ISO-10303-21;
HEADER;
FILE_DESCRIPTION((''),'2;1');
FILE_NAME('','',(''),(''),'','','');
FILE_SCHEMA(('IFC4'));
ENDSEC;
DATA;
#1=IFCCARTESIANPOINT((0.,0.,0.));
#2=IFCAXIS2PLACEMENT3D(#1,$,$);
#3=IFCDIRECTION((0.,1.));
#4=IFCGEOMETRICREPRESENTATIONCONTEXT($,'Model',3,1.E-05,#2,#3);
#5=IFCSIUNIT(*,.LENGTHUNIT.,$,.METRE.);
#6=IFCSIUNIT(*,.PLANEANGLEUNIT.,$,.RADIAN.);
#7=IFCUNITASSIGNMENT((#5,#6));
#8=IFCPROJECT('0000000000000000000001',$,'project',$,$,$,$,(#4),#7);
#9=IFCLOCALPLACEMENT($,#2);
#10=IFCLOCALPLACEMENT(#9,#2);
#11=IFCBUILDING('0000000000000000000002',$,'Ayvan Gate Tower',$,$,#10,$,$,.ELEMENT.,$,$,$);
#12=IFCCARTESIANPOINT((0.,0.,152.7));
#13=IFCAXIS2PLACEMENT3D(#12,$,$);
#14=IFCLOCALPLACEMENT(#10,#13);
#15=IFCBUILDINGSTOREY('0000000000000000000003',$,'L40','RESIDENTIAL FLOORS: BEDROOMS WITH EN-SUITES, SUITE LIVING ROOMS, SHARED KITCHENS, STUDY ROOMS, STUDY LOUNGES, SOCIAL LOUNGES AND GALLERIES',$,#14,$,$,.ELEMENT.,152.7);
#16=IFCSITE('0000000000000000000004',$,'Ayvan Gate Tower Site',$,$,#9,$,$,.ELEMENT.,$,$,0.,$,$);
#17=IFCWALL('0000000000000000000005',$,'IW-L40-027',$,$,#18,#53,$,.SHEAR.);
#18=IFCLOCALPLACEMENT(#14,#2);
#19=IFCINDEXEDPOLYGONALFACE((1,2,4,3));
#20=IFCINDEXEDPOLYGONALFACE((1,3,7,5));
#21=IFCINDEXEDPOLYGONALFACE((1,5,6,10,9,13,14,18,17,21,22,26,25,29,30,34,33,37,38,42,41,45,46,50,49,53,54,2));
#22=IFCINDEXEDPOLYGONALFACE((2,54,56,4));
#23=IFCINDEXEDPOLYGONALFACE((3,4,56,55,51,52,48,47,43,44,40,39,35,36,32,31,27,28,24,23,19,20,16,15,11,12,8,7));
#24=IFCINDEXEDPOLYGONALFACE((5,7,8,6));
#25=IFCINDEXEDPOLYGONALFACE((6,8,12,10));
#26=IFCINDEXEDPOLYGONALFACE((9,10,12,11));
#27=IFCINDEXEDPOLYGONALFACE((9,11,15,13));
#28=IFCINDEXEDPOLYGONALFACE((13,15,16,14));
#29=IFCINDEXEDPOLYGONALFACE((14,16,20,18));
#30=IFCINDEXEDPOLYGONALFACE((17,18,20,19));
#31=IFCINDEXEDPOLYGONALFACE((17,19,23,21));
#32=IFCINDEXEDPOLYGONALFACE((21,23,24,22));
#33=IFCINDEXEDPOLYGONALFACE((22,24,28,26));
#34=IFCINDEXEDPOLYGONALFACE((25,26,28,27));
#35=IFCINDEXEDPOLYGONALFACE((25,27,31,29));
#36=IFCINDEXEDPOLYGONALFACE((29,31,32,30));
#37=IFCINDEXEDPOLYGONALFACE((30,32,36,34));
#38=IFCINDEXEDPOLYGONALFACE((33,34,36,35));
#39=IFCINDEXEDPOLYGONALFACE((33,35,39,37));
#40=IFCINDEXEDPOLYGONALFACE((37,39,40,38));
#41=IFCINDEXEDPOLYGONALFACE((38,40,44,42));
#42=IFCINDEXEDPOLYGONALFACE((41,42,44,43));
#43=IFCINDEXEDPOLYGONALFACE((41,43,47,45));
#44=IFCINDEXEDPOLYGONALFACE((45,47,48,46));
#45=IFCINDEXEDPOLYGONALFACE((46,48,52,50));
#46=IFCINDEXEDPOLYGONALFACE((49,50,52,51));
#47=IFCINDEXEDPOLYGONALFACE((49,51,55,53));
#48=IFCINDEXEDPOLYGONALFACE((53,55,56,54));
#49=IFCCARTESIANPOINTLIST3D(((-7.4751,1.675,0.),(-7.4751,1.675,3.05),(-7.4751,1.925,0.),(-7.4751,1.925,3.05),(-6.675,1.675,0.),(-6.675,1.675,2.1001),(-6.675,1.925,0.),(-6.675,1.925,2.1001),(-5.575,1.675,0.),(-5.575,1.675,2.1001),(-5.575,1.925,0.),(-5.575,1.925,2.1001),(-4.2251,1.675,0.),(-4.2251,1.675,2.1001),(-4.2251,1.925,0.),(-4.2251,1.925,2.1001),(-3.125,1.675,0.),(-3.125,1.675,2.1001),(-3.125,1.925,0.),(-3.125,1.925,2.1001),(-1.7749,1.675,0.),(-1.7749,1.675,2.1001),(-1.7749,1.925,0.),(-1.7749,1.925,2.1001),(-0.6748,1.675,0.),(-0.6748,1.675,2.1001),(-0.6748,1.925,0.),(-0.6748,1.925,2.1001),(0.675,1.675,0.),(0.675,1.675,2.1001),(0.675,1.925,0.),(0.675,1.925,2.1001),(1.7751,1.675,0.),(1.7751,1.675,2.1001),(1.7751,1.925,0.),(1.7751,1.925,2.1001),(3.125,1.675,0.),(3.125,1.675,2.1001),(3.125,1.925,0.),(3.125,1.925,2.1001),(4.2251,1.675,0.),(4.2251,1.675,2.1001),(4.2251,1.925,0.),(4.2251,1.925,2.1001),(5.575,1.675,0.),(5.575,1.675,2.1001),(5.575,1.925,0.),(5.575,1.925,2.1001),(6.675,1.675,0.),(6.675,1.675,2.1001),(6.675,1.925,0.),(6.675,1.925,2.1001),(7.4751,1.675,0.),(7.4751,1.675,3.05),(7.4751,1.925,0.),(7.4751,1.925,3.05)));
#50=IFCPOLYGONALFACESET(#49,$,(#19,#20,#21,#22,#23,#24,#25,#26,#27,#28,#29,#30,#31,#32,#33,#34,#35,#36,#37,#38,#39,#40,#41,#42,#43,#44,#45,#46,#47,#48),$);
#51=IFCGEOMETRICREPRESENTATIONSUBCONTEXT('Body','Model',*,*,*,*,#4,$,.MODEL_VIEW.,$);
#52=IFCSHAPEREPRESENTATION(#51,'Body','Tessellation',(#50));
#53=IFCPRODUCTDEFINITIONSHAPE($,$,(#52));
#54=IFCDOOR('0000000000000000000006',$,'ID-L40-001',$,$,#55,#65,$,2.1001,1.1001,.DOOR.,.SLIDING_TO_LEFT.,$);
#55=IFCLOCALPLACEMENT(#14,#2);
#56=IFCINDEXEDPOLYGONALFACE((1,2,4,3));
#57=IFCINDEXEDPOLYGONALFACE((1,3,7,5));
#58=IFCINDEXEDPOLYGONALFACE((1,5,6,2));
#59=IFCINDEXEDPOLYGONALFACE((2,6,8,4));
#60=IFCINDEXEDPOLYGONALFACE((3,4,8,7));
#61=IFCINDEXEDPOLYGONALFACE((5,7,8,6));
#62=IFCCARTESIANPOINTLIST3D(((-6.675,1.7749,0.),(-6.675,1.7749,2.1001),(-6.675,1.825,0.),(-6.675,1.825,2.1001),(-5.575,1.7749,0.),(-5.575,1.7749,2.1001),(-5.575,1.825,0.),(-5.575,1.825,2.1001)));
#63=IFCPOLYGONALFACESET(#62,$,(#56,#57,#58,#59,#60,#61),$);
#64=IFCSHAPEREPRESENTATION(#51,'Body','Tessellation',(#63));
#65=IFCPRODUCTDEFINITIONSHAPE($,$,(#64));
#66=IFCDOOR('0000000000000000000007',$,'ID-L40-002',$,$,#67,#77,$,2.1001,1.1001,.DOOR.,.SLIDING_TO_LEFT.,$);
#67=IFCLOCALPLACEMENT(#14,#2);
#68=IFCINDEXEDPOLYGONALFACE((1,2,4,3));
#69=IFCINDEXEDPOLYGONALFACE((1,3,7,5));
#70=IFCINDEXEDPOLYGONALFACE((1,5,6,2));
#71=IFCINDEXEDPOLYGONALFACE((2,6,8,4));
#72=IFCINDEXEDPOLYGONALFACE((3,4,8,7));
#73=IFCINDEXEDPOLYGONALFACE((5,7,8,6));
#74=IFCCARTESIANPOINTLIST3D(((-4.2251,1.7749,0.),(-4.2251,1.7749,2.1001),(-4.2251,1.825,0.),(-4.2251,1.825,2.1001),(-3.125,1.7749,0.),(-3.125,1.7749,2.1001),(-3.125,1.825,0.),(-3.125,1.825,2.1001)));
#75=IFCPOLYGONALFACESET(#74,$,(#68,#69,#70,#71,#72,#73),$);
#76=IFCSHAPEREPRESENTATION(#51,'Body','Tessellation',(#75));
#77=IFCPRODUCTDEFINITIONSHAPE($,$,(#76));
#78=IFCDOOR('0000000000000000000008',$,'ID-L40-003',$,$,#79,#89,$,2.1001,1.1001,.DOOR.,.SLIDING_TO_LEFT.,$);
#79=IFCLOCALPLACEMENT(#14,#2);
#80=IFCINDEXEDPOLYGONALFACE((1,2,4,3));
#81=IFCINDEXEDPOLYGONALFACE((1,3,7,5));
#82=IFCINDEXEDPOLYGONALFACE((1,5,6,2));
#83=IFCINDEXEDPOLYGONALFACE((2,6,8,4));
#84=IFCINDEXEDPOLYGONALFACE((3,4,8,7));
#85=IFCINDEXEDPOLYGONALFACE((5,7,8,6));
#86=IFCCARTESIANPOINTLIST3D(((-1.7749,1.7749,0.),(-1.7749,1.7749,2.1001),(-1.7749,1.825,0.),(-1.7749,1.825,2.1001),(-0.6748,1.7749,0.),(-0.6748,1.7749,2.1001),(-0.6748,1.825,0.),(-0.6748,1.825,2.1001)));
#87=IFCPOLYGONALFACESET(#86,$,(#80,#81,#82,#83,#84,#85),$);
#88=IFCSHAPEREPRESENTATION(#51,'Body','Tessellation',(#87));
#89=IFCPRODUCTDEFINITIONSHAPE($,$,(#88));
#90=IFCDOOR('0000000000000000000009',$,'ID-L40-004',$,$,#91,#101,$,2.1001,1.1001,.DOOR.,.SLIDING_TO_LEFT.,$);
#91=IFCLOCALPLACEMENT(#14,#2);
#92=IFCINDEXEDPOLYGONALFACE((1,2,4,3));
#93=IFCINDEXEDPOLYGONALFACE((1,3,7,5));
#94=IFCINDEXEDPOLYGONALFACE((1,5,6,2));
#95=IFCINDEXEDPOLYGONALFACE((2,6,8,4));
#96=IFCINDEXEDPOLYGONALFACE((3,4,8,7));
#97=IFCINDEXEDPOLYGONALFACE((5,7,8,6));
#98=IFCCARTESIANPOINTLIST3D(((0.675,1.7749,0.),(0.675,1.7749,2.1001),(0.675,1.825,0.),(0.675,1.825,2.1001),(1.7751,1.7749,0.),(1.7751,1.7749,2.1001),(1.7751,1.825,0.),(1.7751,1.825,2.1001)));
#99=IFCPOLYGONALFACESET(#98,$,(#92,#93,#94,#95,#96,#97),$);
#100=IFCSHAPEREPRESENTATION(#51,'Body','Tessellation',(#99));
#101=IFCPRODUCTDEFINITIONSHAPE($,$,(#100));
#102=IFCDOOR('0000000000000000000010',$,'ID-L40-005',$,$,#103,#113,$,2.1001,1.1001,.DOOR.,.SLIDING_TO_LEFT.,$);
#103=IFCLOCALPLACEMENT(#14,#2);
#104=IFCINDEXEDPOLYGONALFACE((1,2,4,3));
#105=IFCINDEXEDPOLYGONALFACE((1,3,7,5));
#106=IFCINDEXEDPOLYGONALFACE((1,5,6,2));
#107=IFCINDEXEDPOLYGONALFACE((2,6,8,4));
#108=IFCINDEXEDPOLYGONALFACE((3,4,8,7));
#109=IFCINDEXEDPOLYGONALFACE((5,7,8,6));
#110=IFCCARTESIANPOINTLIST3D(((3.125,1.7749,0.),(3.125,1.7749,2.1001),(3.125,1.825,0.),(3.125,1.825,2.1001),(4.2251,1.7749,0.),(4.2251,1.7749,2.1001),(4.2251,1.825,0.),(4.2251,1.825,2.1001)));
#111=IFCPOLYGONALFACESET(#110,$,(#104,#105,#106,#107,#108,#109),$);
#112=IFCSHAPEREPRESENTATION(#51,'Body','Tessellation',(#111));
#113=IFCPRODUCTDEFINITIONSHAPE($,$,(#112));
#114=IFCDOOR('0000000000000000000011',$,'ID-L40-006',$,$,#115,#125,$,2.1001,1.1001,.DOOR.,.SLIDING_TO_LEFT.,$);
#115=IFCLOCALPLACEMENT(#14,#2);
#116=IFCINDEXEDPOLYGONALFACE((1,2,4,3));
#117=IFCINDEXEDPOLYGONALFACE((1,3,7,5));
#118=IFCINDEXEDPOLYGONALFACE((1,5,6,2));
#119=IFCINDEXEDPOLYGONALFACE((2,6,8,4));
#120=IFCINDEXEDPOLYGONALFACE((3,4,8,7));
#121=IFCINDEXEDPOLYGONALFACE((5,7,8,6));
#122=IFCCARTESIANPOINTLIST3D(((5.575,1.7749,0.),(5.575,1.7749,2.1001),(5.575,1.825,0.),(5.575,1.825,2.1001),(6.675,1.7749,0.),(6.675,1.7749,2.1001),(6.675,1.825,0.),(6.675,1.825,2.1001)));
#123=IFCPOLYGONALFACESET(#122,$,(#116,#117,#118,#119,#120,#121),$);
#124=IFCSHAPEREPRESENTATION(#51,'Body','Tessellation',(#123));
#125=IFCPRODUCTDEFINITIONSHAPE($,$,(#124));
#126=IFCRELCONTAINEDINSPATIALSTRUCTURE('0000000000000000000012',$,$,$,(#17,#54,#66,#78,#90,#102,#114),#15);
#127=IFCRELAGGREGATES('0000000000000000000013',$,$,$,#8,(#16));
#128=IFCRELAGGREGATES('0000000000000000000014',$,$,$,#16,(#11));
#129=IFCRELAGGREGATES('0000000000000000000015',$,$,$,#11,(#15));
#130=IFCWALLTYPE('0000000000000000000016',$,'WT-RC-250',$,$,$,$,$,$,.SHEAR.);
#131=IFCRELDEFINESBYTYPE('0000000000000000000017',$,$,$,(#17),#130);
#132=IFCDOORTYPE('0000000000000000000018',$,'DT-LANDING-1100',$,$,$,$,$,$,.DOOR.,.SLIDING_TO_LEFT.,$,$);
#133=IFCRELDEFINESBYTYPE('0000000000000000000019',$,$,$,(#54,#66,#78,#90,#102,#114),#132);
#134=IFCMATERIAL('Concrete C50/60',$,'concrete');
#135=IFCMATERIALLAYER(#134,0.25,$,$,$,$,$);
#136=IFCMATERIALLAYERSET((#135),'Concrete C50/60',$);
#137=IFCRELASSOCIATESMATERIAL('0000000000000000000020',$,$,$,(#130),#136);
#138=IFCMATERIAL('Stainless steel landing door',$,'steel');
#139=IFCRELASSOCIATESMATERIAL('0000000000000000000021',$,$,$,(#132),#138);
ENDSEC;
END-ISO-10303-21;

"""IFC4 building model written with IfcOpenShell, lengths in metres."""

from ifc_helpers import new_model, si_unit, direction, frame, frame_2d, origin, place, context, subcontext, project, spatial, rectangle, extrude, material, layer, layer_set, type_object, element, fill, save


model = new_model("IFC4")

# Units and contexts
model_context = context("Model", 3, precision=1e-05, world=origin(), true_north=direction((0.0, 1.0)))
body_context = subcontext(model_context, "Body", "Model", "MODEL_VIEW")
ifc_project = project(units=[si_unit("LENGTHUNIT", "METRE"), si_unit("PLANEANGLEUNIT", "RADIAN")], contexts=[model_context])

# Site, building, storey
site_placement = place(None, origin())
site = spatial("IfcSite", under=ifc_project, at=site_placement, Name="Ayvan Gate Tower Site", CompositionType="ELEMENT", RefElevation=0.0)
building_placement = place(site_placement, origin())
building = spatial("IfcBuilding", under=site, at=building_placement, Name="Ayvan Gate Tower", CompositionType="ELEMENT")
storey_placement = place(building_placement, frame((0.0, 0.0, 152.7)))
storey = spatial("IfcBuildingStorey", under=building, at=storey_placement, Name="L40", Description="RESIDENTIAL FLOORS: BEDROOMS WITH EN-SUITES, SUITE LIVING ROOMS, SHARED KITCHENS, STUDY ROOMS, STUDY LOUNGES, SOCIAL LOUNGES AND GALLERIES", CompositionType="ELEMENT", Elevation=152.7)

# Wall, openings, doors
ifc_material_1 = material(Name="Concrete C50/60", Category="concrete")
ifc_layer_1 = layer(ifc_material_1, 0.25)
ifc_layer_set_1 = layer_set([ifc_layer_1], Name="Concrete C50/60")
wall_type_1 = type_object("IfcWallType", Name="WT-RC-250", PredefinedType="SHEAR", material=ifc_layer_set_1)
wall_1_placement = place(storey_placement, frame((-7.4751, 1.8, 0.0), z_axis=(0.0, 0.0, 1.0), x_axis=(1.0, 0.0, 0.0)))
wall_1 = element("IfcWall", 1, at=wall_1_placement, inside=storey, type_object=wall_type_1, Name="IW-L40-027", PredefinedType="SHEAR", context=body_context, shape_type="SweptSolid", body=[
    extrude(rectangle(XDim=14.9502, YDim=0.25, at=frame_2d((7.4751, 0.0))), origin(), (0.0, 0.0, 1.0), 3.05),
])
opening_1_placement = place(wall_1_placement, frame((0.8, 0.0, 0.0)))
opening_1 = element("IfcOpeningElement", 2, at=opening_1_placement, cuts=wall_1, PredefinedType="OPENING", context=body_context, shape_type="SweptSolid", body=[
    extrude(rectangle(XDim=1.1001, YDim=2.1001, at=frame_2d((0.55, 1.05))), frame((0.0, 0.135, 0.0), z_axis=(0.0, -1.0, 0.0), x_axis=(1.0, 0.0, 0.0)), (0.0, 0.0, 1.0), 0.27),
])
opening_2_placement = place(wall_1_placement, frame((3.25, 0.0, 0.0)))
opening_2 = element("IfcOpeningElement", 3, at=opening_2_placement, cuts=wall_1, PredefinedType="OPENING", context=body_context, shape_type="SweptSolid", body=[
    extrude(rectangle(XDim=1.1001, YDim=2.1001, at=frame_2d((0.55, 1.05))), frame((0.0, 0.135, 0.0), z_axis=(0.0, -1.0, 0.0), x_axis=(1.0, 0.0, 0.0)), (0.0, 0.0, 1.0), 0.27),
])
opening_3_placement = place(wall_1_placement, frame((5.7002, 0.0, 0.0)))
opening_3 = element("IfcOpeningElement", 4, at=opening_3_placement, cuts=wall_1, PredefinedType="OPENING", context=body_context, shape_type="SweptSolid", body=[
    extrude(rectangle(XDim=1.1001, YDim=2.1001, at=frame_2d((0.55, 1.05))), frame((0.0, 0.135, 0.0), z_axis=(0.0, -1.0, 0.0), x_axis=(1.0, 0.0, 0.0)), (0.0, 0.0, 1.0), 0.27),
])
opening_4_placement = place(wall_1_placement, frame((8.1501, 0.0, 0.0)))
opening_4 = element("IfcOpeningElement", 5, at=opening_4_placement, cuts=wall_1, PredefinedType="OPENING", context=body_context, shape_type="SweptSolid", body=[
    extrude(rectangle(XDim=1.1001, YDim=2.1001, at=frame_2d((0.55, 1.05))), frame((0.0, 0.135, 0.0), z_axis=(0.0, -1.0, 0.0), x_axis=(1.0, 0.0, 0.0)), (0.0, 0.0, 1.0), 0.27),
])
opening_5_placement = place(wall_1_placement, frame((10.6001, 0.0, 0.0)))
opening_5 = element("IfcOpeningElement", 6, at=opening_5_placement, cuts=wall_1, PredefinedType="OPENING", context=body_context, shape_type="SweptSolid", body=[
    extrude(rectangle(XDim=1.1001, YDim=2.1001, at=frame_2d((0.55, 1.05))), frame((0.0, 0.135, 0.0), z_axis=(0.0, -1.0, 0.0), x_axis=(1.0, 0.0, 0.0)), (0.0, 0.0, 1.0), 0.27),
])
opening_6_placement = place(wall_1_placement, frame((13.05, 0.0, 0.0)))
opening_6 = element("IfcOpeningElement", 7, at=opening_6_placement, cuts=wall_1, PredefinedType="OPENING", context=body_context, shape_type="SweptSolid", body=[
    extrude(rectangle(XDim=1.1001, YDim=2.1001, at=frame_2d((0.55, 1.05))), frame((0.0, 0.135, 0.0), z_axis=(0.0, -1.0, 0.0), x_axis=(1.0, 0.0, 0.0)), (0.0, 0.0, 1.0), 0.27),
])
ifc_material_2 = material(Name="Stainless steel landing door", Category="steel")
door_type_1 = type_object("IfcDoorType", Name="DT-LANDING-1100", OperationType="SLIDING_TO_LEFT", PredefinedType="DOOR", material=ifc_material_2)
door_1_placement = place(opening_1_placement, origin())
door_1 = element("IfcDoor", 8, at=door_1_placement, inside=storey, type_object=door_type_1, Name="ID-L40-001", OperationType="SLIDING_TO_LEFT", OverallHeight=2.1001, OverallWidth=1.1001, PredefinedType="DOOR", context=body_context, shape_type="SweptSolid", body=[
    extrude(rectangle(XDim=1.1001, YDim=2.1001, at=frame_2d((0.55, 1.05))), frame((0.0, 0.0249, 0.0), z_axis=(0.0, -1.0, 0.0), x_axis=(1.0, 0.0, 0.0)), (0.0, 0.0, 1.0), 0.05),
])
fill(opening_1, door_1)
door_2_placement = place(opening_2_placement, origin())
door_2 = element("IfcDoor", 9, at=door_2_placement, inside=storey, type_object=door_type_1, Name="ID-L40-002", OperationType="SLIDING_TO_LEFT", OverallHeight=2.1001, OverallWidth=1.1001, PredefinedType="DOOR", context=body_context, shape_type="SweptSolid", body=[
    extrude(rectangle(XDim=1.1001, YDim=2.1001, at=frame_2d((0.55, 1.05))), frame((0.0, 0.0249, 0.0), z_axis=(0.0, -1.0, 0.0), x_axis=(1.0, 0.0, 0.0)), (0.0, 0.0, 1.0), 0.05),
])
fill(opening_2, door_2)
door_3_placement = place(opening_3_placement, origin())
door_3 = element("IfcDoor", 10, at=door_3_placement, inside=storey, type_object=door_type_1, Name="ID-L40-003", OperationType="SLIDING_TO_LEFT", OverallHeight=2.1001, OverallWidth=1.1001, PredefinedType="DOOR", context=body_context, shape_type="SweptSolid", body=[
    extrude(rectangle(XDim=1.1001, YDim=2.1001, at=frame_2d((0.55, 1.05))), frame((0.0, 0.0249, 0.0), z_axis=(0.0, -1.0, 0.0), x_axis=(1.0, 0.0, 0.0)), (0.0, 0.0, 1.0), 0.05),
])
fill(opening_3, door_3)
door_4_placement = place(opening_4_placement, origin())
door_4 = element("IfcDoor", 11, at=door_4_placement, inside=storey, type_object=door_type_1, Name="ID-L40-004", OperationType="SLIDING_TO_LEFT", OverallHeight=2.1001, OverallWidth=1.1001, PredefinedType="DOOR", context=body_context, shape_type="SweptSolid", body=[
    extrude(rectangle(XDim=1.1001, YDim=2.1001, at=frame_2d((0.55, 1.05))), frame((0.0, 0.0249, 0.0), z_axis=(0.0, -1.0, 0.0), x_axis=(1.0, 0.0, 0.0)), (0.0, 0.0, 1.0), 0.05),
])
fill(opening_4, door_4)
door_5_placement = place(opening_5_placement, origin())
door_5 = element("IfcDoor", 12, at=door_5_placement, inside=storey, type_object=door_type_1, Name="ID-L40-005", OperationType="SLIDING_TO_LEFT", OverallHeight=2.1001, OverallWidth=1.1001, PredefinedType="DOOR", context=body_context, shape_type="SweptSolid", body=[
    extrude(rectangle(XDim=1.1001, YDim=2.1001, at=frame_2d((0.55, 1.05))), frame((0.0, 0.0249, 0.0), z_axis=(0.0, -1.0, 0.0), x_axis=(1.0, 0.0, 0.0)), (0.0, 0.0, 1.0), 0.05),
])
fill(opening_5, door_5)
door_6_placement = place(opening_6_placement, origin())
door_6 = element("IfcDoor", 13, at=door_6_placement, inside=storey, type_object=door_type_1, Name="ID-L40-006", OperationType="SLIDING_TO_LEFT", OverallHeight=2.1001, OverallWidth=1.1001, PredefinedType="DOOR", context=body_context, shape_type="SweptSolid", body=[
    extrude(rectangle(XDim=1.1001, YDim=2.1001, at=frame_2d((0.55, 1.05))), frame((0.0, 0.0249, 0.0), z_axis=(0.0, -1.0, 0.0), x_axis=(1.0, 0.0, 0.0)), (0.0, 0.0, 1.0), 0.05),
])
fill(opening_6, door_6)

save(model, "model.ifc")
